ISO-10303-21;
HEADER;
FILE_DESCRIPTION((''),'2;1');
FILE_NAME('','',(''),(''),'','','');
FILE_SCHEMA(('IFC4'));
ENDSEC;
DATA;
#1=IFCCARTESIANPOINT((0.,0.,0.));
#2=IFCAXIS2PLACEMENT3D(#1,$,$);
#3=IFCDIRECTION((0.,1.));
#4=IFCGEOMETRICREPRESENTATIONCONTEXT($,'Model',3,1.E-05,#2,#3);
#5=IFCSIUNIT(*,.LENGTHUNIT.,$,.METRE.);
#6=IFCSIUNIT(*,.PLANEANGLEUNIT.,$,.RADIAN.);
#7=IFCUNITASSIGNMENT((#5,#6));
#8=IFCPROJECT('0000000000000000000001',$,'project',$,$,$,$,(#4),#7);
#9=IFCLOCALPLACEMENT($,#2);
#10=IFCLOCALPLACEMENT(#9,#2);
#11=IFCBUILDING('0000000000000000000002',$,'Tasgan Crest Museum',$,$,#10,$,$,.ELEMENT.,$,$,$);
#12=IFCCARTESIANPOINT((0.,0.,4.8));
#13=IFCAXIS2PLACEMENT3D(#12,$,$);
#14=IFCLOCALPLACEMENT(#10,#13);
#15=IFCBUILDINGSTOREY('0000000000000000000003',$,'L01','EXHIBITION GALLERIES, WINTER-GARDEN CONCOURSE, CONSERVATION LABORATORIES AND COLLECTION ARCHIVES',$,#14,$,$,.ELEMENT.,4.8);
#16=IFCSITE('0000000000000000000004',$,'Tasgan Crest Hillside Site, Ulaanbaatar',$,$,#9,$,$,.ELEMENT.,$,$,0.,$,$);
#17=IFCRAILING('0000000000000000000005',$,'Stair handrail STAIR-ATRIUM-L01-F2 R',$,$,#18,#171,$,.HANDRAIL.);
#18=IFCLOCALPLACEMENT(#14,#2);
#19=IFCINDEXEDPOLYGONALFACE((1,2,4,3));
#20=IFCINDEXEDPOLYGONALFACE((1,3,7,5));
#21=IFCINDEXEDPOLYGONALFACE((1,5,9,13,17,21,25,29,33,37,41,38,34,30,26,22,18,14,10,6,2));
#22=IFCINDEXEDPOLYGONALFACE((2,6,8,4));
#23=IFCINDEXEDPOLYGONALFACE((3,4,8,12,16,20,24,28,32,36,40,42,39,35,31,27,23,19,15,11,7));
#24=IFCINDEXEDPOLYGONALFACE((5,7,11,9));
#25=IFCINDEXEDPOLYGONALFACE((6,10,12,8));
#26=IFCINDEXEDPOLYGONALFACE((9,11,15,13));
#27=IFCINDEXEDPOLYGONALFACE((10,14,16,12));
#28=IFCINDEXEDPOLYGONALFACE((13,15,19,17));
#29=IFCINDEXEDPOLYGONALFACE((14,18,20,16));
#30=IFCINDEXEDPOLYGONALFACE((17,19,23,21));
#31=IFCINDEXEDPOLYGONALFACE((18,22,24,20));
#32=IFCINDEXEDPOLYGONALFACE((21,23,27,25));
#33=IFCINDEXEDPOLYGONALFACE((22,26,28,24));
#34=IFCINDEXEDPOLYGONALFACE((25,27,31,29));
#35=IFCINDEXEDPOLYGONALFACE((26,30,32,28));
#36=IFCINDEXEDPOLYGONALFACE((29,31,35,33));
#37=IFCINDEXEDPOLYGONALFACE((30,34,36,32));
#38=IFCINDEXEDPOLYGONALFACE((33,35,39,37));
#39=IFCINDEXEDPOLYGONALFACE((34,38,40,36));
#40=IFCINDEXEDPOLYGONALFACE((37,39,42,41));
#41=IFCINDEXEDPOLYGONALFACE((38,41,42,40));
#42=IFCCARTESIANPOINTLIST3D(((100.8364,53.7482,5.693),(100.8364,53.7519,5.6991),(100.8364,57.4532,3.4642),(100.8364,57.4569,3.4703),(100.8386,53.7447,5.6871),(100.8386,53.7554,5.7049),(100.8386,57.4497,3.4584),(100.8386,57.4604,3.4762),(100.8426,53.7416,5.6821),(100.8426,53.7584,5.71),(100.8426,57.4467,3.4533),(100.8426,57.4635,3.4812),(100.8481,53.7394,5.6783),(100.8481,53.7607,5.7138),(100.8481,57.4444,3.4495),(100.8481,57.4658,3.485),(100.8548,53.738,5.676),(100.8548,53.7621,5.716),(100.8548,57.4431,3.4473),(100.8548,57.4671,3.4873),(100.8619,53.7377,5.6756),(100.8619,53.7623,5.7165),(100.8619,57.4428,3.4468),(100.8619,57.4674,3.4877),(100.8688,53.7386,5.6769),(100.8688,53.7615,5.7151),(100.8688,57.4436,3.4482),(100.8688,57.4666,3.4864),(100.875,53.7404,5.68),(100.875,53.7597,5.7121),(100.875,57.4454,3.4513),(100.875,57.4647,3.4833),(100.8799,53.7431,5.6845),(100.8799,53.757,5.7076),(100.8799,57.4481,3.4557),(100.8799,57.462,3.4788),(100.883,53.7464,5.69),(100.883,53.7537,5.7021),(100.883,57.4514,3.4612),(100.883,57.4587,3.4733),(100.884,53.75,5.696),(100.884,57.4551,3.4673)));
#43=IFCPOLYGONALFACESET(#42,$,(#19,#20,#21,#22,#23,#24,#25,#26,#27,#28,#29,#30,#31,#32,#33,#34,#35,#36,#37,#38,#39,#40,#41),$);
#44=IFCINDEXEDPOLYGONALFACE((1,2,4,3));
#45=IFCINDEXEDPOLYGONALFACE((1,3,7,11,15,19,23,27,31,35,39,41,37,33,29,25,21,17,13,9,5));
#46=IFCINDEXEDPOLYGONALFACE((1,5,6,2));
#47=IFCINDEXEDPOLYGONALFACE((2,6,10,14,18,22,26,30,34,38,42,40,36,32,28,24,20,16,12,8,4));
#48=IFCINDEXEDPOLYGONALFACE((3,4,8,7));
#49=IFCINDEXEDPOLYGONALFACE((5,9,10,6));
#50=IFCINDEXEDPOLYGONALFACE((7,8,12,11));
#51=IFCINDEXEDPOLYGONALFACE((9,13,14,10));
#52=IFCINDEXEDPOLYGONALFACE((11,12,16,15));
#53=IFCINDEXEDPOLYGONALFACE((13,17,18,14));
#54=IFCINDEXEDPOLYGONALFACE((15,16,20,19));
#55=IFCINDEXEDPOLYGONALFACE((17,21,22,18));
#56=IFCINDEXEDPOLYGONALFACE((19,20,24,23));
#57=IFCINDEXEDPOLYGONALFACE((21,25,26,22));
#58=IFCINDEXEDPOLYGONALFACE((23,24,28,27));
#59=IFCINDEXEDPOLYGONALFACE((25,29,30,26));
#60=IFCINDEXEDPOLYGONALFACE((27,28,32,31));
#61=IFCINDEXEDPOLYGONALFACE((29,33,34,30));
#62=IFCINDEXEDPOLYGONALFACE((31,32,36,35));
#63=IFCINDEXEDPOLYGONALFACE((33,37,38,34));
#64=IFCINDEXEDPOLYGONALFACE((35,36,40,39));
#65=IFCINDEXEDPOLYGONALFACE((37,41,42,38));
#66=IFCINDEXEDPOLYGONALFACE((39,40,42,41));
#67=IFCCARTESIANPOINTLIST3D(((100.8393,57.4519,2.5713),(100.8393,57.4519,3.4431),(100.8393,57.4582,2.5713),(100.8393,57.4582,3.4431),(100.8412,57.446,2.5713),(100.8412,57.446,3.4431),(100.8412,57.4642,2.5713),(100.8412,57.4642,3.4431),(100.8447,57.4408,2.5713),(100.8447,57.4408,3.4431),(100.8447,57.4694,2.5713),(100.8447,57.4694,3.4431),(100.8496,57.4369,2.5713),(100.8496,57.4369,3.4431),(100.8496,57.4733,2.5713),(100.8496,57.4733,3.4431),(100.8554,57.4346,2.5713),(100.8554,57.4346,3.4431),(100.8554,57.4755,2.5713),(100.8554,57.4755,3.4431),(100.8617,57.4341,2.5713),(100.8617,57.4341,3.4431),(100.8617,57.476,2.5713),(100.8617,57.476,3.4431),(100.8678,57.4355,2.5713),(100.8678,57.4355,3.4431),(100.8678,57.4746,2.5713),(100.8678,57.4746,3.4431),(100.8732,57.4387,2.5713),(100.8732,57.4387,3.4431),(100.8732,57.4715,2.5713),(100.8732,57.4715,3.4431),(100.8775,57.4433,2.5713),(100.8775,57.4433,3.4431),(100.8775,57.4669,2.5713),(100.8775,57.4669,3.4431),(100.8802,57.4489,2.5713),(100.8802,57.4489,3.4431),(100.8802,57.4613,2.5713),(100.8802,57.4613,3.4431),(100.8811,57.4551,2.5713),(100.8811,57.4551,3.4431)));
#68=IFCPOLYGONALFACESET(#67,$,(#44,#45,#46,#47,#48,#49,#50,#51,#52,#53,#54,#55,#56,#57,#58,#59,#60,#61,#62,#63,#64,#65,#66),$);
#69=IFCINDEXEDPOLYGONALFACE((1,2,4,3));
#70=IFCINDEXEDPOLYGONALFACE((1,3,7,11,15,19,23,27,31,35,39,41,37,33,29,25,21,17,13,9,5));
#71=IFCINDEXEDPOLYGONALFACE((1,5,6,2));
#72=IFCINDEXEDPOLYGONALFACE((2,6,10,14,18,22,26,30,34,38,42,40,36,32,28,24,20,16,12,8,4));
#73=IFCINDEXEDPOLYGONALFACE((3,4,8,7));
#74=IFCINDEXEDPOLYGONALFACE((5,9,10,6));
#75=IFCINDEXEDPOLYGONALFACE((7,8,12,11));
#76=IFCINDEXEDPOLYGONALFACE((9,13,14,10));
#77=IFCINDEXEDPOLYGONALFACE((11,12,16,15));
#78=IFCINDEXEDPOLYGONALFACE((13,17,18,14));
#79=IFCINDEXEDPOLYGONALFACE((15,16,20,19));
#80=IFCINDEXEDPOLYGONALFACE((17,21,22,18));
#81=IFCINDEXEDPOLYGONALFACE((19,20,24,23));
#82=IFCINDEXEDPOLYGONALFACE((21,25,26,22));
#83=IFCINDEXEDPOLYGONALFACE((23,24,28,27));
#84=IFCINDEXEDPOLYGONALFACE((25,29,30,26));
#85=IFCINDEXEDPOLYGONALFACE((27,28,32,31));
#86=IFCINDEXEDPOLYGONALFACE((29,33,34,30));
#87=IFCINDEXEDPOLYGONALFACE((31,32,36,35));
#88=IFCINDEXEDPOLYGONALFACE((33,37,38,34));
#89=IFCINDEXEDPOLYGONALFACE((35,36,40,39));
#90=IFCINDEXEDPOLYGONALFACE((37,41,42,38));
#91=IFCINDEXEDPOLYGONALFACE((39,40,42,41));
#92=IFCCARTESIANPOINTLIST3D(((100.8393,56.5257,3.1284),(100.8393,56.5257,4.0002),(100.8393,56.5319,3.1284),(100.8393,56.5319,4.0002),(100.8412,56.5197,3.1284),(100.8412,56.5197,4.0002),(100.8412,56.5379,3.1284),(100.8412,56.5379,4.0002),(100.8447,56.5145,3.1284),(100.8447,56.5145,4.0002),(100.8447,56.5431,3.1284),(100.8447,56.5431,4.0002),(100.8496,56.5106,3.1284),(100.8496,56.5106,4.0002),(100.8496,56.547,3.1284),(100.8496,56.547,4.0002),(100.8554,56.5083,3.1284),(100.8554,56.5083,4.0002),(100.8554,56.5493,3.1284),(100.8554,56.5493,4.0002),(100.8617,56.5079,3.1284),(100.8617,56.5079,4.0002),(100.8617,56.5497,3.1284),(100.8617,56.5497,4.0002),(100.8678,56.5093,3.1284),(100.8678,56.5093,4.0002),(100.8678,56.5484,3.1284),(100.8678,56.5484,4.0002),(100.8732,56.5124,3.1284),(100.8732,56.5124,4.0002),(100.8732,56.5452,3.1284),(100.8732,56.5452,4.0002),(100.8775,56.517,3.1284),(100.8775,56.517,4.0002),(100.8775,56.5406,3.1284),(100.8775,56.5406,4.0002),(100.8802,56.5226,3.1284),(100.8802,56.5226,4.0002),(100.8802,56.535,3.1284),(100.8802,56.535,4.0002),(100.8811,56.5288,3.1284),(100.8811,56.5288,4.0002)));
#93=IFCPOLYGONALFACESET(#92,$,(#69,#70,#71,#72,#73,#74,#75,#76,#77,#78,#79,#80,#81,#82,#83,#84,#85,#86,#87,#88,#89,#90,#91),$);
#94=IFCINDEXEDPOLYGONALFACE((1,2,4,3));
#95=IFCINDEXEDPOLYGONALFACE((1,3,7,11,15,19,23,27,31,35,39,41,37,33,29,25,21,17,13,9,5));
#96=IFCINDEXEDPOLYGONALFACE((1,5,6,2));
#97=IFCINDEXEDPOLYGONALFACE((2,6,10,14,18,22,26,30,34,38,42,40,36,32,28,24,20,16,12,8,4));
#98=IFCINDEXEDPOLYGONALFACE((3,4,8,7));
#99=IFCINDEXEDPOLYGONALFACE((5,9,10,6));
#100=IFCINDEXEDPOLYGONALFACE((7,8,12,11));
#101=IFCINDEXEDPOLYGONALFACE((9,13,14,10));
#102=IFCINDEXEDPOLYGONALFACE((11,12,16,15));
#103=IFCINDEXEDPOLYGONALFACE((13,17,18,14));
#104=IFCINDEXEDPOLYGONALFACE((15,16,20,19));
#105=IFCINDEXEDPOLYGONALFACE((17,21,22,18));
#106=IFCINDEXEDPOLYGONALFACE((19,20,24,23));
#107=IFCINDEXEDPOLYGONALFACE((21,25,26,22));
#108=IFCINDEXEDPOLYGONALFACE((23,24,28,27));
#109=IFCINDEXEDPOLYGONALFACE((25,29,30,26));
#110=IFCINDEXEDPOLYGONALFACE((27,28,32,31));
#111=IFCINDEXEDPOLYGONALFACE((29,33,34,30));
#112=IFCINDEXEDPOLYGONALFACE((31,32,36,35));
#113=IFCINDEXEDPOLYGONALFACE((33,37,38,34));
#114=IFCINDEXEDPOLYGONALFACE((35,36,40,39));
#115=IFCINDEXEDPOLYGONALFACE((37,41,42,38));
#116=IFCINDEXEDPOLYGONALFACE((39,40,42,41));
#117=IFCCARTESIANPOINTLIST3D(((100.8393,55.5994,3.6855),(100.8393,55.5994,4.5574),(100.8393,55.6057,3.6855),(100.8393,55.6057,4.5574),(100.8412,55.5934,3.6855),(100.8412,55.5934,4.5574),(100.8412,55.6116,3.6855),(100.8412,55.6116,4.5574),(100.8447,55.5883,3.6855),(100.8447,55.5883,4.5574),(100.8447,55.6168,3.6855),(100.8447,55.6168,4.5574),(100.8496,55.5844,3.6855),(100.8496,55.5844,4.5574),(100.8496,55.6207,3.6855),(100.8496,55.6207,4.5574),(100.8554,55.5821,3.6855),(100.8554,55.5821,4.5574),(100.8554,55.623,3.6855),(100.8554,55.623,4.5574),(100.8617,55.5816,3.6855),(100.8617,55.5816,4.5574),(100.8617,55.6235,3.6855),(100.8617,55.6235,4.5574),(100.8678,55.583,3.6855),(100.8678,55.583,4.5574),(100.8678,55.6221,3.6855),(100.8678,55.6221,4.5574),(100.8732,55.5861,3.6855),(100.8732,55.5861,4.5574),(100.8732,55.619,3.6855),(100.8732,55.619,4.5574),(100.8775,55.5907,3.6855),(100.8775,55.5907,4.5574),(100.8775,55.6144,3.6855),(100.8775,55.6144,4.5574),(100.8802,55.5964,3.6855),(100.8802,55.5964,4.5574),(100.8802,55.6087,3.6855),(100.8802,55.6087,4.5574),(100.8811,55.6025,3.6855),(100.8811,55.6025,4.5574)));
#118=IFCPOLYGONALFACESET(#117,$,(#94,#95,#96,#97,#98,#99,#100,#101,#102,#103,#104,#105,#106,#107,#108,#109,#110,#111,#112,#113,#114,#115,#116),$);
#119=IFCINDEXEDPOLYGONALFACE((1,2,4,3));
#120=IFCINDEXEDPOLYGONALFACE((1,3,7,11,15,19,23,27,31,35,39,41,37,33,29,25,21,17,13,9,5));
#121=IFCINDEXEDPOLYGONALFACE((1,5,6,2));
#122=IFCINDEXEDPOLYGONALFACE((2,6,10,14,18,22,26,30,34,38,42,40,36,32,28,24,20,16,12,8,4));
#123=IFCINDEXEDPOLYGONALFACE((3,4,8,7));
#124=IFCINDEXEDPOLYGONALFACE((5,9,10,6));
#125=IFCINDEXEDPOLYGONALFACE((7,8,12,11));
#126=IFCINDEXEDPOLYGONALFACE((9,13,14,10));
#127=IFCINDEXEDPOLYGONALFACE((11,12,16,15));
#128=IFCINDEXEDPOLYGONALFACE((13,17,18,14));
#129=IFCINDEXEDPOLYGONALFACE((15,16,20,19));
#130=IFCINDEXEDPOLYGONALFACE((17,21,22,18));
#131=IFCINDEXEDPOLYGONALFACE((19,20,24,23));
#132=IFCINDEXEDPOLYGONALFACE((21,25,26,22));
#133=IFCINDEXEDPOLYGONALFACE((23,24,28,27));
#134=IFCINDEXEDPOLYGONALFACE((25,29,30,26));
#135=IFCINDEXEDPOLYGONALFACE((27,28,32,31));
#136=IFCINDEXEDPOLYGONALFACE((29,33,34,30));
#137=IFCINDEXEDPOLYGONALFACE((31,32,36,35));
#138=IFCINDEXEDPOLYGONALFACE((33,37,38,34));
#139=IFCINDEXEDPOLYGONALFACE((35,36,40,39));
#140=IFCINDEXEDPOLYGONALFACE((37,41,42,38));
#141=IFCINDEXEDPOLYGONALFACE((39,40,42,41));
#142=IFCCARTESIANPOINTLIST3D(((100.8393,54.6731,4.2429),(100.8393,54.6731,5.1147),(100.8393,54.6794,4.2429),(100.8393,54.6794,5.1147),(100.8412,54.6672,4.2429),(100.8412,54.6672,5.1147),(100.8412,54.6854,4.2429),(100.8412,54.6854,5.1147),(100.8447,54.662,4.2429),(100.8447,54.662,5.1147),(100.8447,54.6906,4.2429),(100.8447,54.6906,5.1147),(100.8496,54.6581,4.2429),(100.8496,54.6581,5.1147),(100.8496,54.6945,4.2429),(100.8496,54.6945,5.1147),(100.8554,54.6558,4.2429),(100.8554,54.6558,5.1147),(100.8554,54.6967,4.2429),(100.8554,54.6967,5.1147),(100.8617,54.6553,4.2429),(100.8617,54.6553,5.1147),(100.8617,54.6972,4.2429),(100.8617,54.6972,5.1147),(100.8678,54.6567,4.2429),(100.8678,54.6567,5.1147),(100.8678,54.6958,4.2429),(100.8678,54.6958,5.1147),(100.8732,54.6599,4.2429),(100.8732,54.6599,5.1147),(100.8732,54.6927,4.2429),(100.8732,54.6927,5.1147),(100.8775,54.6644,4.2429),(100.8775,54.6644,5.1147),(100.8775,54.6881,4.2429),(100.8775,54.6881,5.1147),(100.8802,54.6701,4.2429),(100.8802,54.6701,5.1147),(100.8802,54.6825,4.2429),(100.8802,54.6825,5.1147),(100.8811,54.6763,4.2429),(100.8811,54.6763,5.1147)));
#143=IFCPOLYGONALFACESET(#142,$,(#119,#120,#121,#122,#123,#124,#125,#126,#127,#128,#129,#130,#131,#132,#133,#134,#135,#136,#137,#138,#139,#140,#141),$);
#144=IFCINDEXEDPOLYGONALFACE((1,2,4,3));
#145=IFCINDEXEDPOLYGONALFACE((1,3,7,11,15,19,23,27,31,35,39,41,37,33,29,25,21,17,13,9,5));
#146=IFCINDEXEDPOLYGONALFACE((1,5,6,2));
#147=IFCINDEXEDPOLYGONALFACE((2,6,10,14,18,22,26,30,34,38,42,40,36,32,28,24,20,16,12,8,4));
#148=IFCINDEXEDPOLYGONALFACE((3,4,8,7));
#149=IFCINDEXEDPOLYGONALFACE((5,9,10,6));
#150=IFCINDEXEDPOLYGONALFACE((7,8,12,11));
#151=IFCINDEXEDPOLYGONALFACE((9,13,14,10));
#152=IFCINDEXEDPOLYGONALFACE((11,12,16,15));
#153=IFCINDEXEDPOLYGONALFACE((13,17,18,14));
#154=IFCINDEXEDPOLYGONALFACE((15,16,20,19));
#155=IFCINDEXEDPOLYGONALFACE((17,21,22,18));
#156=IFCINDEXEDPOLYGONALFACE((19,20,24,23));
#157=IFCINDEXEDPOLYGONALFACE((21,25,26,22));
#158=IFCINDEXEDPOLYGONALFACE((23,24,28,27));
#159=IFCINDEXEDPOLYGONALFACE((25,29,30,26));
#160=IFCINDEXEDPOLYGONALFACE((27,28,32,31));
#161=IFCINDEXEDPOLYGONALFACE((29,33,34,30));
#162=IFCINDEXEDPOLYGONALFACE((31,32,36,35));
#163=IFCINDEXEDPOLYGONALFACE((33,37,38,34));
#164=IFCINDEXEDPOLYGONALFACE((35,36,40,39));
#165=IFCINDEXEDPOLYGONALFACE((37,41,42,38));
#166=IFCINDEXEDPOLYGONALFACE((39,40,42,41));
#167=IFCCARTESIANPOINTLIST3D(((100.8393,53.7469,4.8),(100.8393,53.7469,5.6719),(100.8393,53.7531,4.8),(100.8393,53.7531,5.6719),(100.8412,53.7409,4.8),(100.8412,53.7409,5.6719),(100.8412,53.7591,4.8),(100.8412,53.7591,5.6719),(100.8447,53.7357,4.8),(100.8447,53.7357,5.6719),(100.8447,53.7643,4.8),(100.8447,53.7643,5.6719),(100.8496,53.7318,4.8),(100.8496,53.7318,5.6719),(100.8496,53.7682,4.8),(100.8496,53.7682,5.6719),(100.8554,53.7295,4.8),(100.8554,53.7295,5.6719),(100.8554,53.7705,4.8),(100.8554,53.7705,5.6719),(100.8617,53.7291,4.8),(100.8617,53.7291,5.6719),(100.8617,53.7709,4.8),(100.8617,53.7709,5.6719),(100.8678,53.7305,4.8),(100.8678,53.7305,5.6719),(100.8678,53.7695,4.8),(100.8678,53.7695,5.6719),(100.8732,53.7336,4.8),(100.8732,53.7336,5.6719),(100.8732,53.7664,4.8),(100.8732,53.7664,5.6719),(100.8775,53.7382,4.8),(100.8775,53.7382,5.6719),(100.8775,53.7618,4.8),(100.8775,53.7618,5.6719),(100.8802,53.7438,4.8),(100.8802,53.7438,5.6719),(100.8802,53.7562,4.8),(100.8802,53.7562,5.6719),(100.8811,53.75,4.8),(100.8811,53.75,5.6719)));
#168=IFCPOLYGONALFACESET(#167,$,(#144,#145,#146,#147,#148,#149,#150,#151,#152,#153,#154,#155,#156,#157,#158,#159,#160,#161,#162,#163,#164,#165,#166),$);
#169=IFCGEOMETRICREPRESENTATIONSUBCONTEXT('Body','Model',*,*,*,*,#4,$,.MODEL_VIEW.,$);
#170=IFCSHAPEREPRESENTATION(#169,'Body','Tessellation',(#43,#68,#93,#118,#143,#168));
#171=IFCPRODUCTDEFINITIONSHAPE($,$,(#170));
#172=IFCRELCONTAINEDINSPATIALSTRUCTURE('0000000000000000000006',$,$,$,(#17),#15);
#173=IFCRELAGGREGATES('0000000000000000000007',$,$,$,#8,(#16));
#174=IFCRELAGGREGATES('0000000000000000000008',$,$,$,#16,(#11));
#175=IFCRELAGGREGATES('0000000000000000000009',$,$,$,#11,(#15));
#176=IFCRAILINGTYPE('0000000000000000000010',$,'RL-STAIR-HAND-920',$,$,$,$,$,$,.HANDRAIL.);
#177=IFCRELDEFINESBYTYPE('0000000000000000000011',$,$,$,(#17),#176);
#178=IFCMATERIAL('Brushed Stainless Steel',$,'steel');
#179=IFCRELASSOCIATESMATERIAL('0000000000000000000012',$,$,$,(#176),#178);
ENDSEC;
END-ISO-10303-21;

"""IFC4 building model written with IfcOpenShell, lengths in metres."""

from ifc_helpers import new_model, si_unit, direction, frame, origin, origin_2d, place, context, subcontext, project, spatial, circle, extrude, material, type_object, element, save


model = new_model("IFC4")

# Units and contexts
model_context = context("Model", 3, precision=1e-05, world=origin(), true_north=direction((0.0, 1.0)))
body_context = subcontext(model_context, "Body", "Model", "MODEL_VIEW")
ifc_project = project(units=[si_unit("LENGTHUNIT", "METRE"), si_unit("PLANEANGLEUNIT", "RADIAN")], contexts=[model_context])

# Site, building, storey
site_placement = place(None, origin())
site = spatial("IfcSite", under=ifc_project, at=site_placement, Name="Tasgan Crest Hillside Site, Ulaanbaatar", CompositionType="ELEMENT", RefElevation=0.0)
building_placement = place(site_placement, origin())
building = spatial("IfcBuilding", under=site, at=building_placement, Name="Tasgan Crest Museum", CompositionType="ELEMENT")
storey_placement = place(building_placement, frame((0.0, 0.0, 4.8)))
storey = spatial("IfcBuildingStorey", under=building, at=storey_placement, Name="L01", Description="EXHIBITION GALLERIES, WINTER-GARDEN CONCOURSE, CONSERVATION LABORATORIES AND COLLECTION ARCHIVES", CompositionType="ELEMENT", Elevation=4.8)

# Railing
ifc_material_1 = material(Name="Brushed Stainless Steel", Category="steel")
railing_type_1 = type_object("IfcRailingType", Name="RL-STAIR-HAND-920", PredefinedType="HANDRAIL", material=ifc_material_1)
for number, where, name in (
    (1, (100.8601, 57.4551, 2.5713), "Stair handrail STAIR-ATRIUM-L01-F2 R"),
):
    element("IfcRailing", number, at=place(storey_placement, frame(where)), inside=storey, type_object=railing_type_1, Name=name, PredefinedType="HANDRAIL", context=body_context, shape_type="SweptSolid", body=[
        extrude(circle(Radius=0.0239, at=origin_2d()), frame((0.0, 0.0, 0.896), z_axis=(0.0, -0.856909, 0.515467), x_axis=(1.0, 0.0, 0.0)), (0.0, 0.0, 1.0), 4.3237),
        extrude(circle(Radius=0.021, at=origin_2d()), origin(), (0.0, 0.0, 1.0), 0.8718),
        extrude(circle(Radius=0.021, at=origin_2d()), frame((0.0, -0.9263, 0.5571)), (0.0, 0.0, 1.0), 0.8718),
        extrude(circle(Radius=0.021, at=origin_2d()), frame((0.0, -1.8525, 1.1143)), (0.0, 0.0, 1.0), 0.8718),
        extrude(circle(Radius=0.021, at=origin_2d()), frame((0.0, -2.7788, 1.6716)), (0.0, 0.0, 1.0), 0.8718),
        extrude(circle(Radius=0.021, at=origin_2d()), frame((0.0, -3.7051, 2.2288)), (0.0, 0.0, 1.0), 0.8718),
    ])

save(model, "model.ifc")
